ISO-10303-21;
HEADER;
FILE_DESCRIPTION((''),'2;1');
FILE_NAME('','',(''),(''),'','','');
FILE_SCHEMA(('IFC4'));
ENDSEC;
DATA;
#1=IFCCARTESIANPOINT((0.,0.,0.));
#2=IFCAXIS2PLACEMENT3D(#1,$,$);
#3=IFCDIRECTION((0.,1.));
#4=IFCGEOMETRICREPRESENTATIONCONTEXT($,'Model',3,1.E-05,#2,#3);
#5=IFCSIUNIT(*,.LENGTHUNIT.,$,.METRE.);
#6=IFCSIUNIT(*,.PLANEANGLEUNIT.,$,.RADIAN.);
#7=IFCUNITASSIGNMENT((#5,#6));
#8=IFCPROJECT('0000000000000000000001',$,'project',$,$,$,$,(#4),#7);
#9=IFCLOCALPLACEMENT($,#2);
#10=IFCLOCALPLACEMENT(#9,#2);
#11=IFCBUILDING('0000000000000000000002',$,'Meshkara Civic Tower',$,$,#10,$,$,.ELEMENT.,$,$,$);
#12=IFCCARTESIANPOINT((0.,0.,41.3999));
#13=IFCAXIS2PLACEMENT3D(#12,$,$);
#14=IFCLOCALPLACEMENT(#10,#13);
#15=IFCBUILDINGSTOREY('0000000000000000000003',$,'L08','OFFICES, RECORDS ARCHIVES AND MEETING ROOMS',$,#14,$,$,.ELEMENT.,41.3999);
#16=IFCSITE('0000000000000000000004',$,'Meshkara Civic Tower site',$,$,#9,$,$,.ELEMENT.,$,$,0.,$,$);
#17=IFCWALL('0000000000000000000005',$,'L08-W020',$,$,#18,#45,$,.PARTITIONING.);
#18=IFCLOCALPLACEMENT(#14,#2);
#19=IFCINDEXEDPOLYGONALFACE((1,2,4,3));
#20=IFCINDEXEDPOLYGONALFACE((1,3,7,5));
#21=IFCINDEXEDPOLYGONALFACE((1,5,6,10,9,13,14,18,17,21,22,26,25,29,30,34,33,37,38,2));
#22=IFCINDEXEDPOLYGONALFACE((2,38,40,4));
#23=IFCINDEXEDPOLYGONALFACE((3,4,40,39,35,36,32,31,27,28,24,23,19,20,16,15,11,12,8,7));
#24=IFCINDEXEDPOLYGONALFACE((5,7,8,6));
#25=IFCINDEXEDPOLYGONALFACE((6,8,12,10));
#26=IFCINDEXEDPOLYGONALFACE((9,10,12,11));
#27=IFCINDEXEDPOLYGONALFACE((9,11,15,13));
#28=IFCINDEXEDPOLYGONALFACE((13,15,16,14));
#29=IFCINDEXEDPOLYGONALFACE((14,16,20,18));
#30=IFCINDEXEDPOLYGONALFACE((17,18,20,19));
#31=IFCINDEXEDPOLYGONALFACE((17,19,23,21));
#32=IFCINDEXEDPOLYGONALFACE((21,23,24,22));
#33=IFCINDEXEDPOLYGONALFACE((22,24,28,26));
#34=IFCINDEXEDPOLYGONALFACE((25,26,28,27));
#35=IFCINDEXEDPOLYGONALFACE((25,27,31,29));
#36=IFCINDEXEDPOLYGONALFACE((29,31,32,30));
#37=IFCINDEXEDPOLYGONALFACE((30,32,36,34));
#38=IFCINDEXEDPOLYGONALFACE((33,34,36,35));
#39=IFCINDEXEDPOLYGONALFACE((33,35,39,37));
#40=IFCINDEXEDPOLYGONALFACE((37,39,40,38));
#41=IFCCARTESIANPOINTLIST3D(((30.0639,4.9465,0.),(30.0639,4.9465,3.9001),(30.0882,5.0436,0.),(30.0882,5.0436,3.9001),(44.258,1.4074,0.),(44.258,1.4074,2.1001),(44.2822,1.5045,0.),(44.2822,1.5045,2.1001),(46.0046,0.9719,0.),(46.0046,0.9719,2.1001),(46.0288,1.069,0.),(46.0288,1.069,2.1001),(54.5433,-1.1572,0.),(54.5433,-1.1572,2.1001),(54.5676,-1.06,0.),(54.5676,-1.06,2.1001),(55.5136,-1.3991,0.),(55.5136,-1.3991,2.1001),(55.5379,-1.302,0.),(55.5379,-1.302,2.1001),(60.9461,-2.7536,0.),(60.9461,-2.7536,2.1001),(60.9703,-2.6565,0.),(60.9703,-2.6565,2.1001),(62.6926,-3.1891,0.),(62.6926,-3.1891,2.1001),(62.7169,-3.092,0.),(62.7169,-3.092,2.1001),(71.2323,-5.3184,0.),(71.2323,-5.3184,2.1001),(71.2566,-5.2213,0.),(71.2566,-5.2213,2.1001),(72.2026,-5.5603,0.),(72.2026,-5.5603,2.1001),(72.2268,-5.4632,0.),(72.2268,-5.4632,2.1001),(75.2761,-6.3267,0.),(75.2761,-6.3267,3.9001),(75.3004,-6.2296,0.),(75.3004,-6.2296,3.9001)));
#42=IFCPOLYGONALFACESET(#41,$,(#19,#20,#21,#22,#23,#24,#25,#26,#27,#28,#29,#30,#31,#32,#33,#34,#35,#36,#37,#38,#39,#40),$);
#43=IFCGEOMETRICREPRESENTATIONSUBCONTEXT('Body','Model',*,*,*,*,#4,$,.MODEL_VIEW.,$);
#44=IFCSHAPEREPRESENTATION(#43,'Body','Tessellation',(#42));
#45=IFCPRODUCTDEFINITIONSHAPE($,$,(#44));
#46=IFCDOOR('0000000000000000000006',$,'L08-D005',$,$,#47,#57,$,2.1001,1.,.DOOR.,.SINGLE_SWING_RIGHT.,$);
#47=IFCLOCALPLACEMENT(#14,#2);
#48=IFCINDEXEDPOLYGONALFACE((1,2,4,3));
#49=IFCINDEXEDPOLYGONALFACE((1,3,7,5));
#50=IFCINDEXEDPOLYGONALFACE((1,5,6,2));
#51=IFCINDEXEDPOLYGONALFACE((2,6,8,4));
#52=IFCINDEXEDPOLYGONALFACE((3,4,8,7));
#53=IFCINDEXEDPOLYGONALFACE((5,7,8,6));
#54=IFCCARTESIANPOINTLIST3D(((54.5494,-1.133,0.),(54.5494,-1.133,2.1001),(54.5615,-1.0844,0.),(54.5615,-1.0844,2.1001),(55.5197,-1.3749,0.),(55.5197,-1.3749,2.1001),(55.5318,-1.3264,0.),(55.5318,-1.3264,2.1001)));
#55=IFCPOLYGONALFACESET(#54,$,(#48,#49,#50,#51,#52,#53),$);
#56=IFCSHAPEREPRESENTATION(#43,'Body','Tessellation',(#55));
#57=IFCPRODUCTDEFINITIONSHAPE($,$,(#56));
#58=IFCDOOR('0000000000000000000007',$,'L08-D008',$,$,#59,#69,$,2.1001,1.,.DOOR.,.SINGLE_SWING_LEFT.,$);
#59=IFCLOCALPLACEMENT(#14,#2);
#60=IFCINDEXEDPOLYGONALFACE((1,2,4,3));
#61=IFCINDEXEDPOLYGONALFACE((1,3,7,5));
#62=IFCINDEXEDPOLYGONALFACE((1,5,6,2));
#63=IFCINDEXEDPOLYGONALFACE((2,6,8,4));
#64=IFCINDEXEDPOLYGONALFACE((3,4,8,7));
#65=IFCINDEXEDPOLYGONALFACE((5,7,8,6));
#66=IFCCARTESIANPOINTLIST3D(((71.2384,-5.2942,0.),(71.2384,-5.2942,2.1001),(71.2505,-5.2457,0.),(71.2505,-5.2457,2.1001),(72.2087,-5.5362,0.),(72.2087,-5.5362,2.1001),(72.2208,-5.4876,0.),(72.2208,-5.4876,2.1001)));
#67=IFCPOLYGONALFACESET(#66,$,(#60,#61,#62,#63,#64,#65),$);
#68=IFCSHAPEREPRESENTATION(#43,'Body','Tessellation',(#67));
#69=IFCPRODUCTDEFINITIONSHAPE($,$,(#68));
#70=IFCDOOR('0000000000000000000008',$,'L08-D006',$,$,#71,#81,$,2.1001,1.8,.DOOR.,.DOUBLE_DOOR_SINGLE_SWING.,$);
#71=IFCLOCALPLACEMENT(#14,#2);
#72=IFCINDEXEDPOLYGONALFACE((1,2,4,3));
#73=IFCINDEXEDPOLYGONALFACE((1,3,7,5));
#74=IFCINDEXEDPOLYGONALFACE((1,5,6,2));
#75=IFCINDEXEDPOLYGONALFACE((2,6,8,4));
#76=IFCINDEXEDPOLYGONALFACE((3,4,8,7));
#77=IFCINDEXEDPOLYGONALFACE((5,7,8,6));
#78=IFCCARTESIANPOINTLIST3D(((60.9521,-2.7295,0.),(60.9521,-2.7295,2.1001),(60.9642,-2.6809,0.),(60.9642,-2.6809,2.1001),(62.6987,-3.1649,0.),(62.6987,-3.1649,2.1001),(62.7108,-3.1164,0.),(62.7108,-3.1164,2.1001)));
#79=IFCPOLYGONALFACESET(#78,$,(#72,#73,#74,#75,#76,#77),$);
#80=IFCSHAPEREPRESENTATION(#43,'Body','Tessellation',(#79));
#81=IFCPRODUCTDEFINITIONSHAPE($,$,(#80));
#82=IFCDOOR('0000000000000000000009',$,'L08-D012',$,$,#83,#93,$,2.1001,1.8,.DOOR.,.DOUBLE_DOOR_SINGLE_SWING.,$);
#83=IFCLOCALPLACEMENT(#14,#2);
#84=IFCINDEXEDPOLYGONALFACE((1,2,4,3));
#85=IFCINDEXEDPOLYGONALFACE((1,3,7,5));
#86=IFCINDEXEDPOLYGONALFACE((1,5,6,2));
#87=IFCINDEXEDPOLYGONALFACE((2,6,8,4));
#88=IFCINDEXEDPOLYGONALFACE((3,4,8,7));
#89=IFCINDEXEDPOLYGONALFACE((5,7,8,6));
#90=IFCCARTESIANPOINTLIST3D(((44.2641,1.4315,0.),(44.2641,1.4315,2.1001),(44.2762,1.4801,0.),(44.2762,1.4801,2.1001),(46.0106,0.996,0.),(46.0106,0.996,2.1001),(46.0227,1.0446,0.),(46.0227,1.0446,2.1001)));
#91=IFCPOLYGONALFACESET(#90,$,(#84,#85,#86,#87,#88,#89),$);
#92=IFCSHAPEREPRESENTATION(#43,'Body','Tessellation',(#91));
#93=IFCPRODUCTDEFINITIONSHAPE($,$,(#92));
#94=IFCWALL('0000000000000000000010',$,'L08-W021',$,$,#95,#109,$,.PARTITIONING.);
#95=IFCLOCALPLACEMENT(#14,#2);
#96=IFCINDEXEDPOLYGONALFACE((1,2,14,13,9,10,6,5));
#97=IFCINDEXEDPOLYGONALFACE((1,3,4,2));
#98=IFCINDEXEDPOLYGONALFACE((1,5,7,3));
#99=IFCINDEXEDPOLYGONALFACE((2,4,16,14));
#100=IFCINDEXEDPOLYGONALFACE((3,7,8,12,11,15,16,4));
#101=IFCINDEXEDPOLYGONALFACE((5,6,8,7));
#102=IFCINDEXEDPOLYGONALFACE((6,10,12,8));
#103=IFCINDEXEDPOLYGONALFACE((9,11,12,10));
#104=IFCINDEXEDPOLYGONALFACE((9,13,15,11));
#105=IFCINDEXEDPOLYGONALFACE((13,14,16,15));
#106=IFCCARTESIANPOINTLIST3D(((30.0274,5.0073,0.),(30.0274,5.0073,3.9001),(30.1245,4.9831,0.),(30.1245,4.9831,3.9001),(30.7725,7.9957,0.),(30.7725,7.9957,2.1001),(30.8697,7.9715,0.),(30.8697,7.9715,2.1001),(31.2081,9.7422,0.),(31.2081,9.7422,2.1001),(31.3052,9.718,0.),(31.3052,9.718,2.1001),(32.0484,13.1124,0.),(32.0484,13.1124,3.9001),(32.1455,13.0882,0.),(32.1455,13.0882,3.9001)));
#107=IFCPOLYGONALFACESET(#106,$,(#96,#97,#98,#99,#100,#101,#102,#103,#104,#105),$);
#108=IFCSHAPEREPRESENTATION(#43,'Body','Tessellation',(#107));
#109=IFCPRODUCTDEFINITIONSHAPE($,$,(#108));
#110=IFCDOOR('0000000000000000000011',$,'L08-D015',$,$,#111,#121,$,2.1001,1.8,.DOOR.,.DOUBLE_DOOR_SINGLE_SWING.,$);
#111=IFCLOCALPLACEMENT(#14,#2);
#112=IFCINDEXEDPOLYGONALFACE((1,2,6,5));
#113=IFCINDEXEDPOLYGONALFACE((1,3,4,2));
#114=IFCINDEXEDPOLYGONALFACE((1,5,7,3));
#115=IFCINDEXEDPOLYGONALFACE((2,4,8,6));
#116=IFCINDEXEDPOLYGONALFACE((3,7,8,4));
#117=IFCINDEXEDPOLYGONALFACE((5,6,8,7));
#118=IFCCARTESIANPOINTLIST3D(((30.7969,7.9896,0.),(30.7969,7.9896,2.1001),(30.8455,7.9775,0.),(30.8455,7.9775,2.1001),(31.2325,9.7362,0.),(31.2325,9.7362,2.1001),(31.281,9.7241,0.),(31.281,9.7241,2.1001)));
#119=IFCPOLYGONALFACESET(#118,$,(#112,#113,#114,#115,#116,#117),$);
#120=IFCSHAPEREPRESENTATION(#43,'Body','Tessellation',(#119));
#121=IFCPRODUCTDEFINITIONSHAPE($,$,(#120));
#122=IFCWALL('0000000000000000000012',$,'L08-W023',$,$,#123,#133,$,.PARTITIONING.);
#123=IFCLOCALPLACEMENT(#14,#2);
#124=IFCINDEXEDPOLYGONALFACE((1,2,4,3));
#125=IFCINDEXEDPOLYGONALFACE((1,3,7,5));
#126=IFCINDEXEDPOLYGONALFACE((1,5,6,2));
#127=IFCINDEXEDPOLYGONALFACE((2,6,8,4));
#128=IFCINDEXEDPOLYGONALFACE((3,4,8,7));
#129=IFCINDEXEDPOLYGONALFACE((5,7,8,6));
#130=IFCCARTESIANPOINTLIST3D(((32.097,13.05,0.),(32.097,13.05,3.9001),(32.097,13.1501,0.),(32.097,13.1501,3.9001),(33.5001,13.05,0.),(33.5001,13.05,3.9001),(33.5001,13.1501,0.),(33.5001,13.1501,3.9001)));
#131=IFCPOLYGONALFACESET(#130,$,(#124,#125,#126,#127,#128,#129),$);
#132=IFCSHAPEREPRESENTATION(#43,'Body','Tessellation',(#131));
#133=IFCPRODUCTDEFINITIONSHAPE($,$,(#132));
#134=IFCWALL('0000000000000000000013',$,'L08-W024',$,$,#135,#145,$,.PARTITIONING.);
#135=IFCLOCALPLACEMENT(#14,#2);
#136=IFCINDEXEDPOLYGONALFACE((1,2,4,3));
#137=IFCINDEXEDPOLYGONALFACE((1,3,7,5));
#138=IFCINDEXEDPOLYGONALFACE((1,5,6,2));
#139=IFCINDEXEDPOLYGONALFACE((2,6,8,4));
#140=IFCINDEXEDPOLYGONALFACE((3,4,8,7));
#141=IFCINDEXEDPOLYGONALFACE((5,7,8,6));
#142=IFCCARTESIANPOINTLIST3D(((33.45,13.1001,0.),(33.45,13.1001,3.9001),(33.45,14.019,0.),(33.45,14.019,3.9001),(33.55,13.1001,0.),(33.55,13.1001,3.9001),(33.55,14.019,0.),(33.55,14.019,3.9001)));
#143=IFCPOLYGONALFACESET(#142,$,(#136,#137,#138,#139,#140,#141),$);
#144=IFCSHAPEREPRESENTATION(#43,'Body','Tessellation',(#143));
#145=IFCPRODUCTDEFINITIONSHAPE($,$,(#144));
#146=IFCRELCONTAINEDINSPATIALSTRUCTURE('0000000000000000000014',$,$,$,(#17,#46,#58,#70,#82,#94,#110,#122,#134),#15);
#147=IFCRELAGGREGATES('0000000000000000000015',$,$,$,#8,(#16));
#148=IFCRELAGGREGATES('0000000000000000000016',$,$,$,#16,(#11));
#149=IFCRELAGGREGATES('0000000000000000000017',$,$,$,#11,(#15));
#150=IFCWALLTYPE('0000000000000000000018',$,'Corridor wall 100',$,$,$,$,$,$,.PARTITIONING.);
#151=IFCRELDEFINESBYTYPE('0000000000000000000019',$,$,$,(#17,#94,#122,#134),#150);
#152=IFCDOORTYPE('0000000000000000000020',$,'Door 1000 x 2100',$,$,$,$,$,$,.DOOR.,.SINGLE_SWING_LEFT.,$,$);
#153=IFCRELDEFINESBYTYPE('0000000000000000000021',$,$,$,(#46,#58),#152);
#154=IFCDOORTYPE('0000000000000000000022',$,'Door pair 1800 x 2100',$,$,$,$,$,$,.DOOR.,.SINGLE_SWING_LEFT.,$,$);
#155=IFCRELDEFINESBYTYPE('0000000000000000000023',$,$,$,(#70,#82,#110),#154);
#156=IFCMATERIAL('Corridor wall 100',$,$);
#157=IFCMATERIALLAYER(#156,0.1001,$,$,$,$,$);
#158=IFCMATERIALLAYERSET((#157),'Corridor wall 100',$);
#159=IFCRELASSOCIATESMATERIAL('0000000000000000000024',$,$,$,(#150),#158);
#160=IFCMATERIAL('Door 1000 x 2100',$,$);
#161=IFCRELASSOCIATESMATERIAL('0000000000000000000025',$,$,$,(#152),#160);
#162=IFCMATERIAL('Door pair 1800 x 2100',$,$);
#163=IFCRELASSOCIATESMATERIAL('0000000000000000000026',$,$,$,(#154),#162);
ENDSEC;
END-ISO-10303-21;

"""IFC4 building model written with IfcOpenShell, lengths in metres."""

from ifc_helpers import new_model, si_unit, direction, frame, frame_2d, origin, place, context, subcontext, project, spatial, rectangle, extrude, material, layer, layer_set, type_object, element, fill, save


model = new_model("IFC4")

# Units and contexts
model_context = context("Model", 3, precision=1e-05, world=origin(), true_north=direction((0.0, 1.0)))
body_context = subcontext(model_context, "Body", "Model", "MODEL_VIEW")
ifc_project = project(units=[si_unit("LENGTHUNIT", "METRE"), si_unit("PLANEANGLEUNIT", "RADIAN")], contexts=[model_context])

# Site, building, storey
site_placement = place(None, origin())
site = spatial("IfcSite", under=ifc_project, at=site_placement, Name="Meshkara Civic Tower site", CompositionType="ELEMENT", RefElevation=0.0)
building_placement = place(site_placement, origin())
building = spatial("IfcBuilding", under=site, at=building_placement, Name="Meshkara Civic Tower", CompositionType="ELEMENT")
storey_placement = place(building_placement, frame((0.0, 0.0, 41.3999)))
storey = spatial("IfcBuildingStorey", under=building, at=storey_placement, Name="L08", Description="OFFICES, RECORDS ARCHIVES AND MEETING ROOMS", CompositionType="ELEMENT", Elevation=41.3999)

# Wall, openings, doors
ifc_material_1 = material(Name="Corridor wall 100")
ifc_layer_1 = layer(ifc_material_1, 0.1001)
ifc_layer_set_1 = layer_set([ifc_layer_1], Name="Corridor wall 100")
wall_type_1 = type_object("IfcWallType", Name="Corridor wall 100", PredefinedType="PARTITIONING", material=ifc_layer_set_1)
wall_1_placement = place(storey_placement, frame((30.0759, 4.9951, 0.0), z_axis=(0.0, 0.0, 1.0), x_axis=(0.970293, -0.241933, 0.0)))
wall_1 = element("IfcWall", 1, at=wall_1_placement, inside=storey, type_object=wall_type_1, Name="L08-W020", PredefinedType="PARTITIONING", context=body_context, shape_type="SweptSolid", body=[
    extrude(rectangle(XDim=46.5964, YDim=0.1001, at=frame_2d((23.2983, 0.0))), origin(), (0.0, 0.0, 1.0), 3.9001),
])
opening_1_placement = place(wall_1_placement, frame((25.229, 0.0, 0.0)))
opening_1 = element("IfcOpeningElement", 2, at=opening_1_placement, cuts=wall_1, PredefinedType="OPENING", context=body_context, shape_type="SweptSolid", body=[
    extrude(rectangle(XDim=1.0, YDim=2.1001, at=frame_2d((0.5, 1.05))), frame((0.0, 0.0601, 0.0), z_axis=(0.0, -1.0, 0.0), x_axis=(1.0, 0.0, 0.0)), (0.0, 0.0, 1.0), 0.1201),
])
opening_2_placement = place(wall_1_placement, frame((31.8279, 0.0, 0.0)))
opening_2 = element("IfcOpeningElement", 3, at=opening_2_placement, cuts=wall_1, PredefinedType="OPENING", context=body_context, shape_type="SweptSolid", body=[
    extrude(rectangle(XDim=1.8, YDim=2.1001, at=frame_2d((0.8999, 1.05))), frame((0.0, 0.0601, 0.0), z_axis=(0.0, -1.0, 0.0), x_axis=(1.0, 0.0, 0.0)), (0.0, 0.0, 1.0), 0.1201),
])
opening_3_placement = place(wall_1_placement, frame((42.429, 0.0, 0.0)))
opening_3 = element("IfcOpeningElement", 4, at=opening_3_placement, cuts=wall_1, PredefinedType="OPENING", context=body_context, shape_type="SweptSolid", body=[
    extrude(rectangle(XDim=1.0, YDim=2.1001, at=frame_2d((0.5, 1.05))), frame((0.0, 0.0601, 0.0), z_axis=(0.0, -1.0, 0.0), x_axis=(1.0, 0.0, 0.0)), (0.0, 0.0, 1.0), 0.1201),
])
opening_4_placement = place(wall_1_placement, frame((14.6289, 0.0, 0.0)))
opening_4 = element("IfcOpeningElement", 5, at=opening_4_placement, cuts=wall_1, PredefinedType="OPENING", context=body_context, shape_type="SweptSolid", body=[
    extrude(rectangle(XDim=1.8, YDim=2.1001, at=frame_2d((0.8999, 1.05))), frame((0.0, 0.0601, 0.0), z_axis=(0.0, -1.0, 0.0), x_axis=(1.0, 0.0, 0.0)), (0.0, 0.0, 1.0), 0.1201),
])
ifc_material_2 = material(Name="Door 1000 x 2100")
door_type_1 = type_object("IfcDoorType", Name="Door 1000 x 2100", OperationType="SINGLE_SWING_LEFT", PredefinedType="DOOR", material=ifc_material_2)
door_1_placement = place(opening_1_placement, origin())
door_1 = element("IfcDoor", 6, at=door_1_placement, inside=storey, type_object=door_type_1, Name="L08-D005", OperationType="SINGLE_SWING_RIGHT", OverallHeight=2.1001, OverallWidth=1.0, PredefinedType="DOOR", context=body_context, shape_type="SweptSolid", body=[
    extrude(rectangle(XDim=1.0, YDim=2.1001, at=frame_2d((0.5, 1.05))), frame((0.0, 0.0249, 0.0), z_axis=(0.0, -1.0, 0.0), x_axis=(1.0, 0.0, 0.0)), (0.0, 0.0, 1.0), 0.05),
])
fill(opening_1, door_1)
door_2_placement = place(opening_3_placement, origin())
door_2 = element("IfcDoor", 7, at=door_2_placement, inside=storey, type_object=door_type_1, Name="L08-D008", OperationType="SINGLE_SWING_LEFT", OverallHeight=2.1001, OverallWidth=1.0, PredefinedType="DOOR", context=body_context, shape_type="SweptSolid", body=[
    extrude(rectangle(XDim=1.0, YDim=2.1001, at=frame_2d((0.5, 1.05))), frame((0.0, 0.0249, 0.0), z_axis=(0.0, -1.0, 0.0), x_axis=(1.0, 0.0, 0.0)), (0.0, 0.0, 1.0), 0.05),
])
fill(opening_3, door_2)
ifc_material_3 = material(Name="Door pair 1800 x 2100")
door_type_2 = type_object("IfcDoorType", Name="Door pair 1800 x 2100", OperationType="SINGLE_SWING_LEFT", PredefinedType="DOOR", material=ifc_material_3)
door_3_placement = place(opening_2_placement, origin())
door_3 = element("IfcDoor", 8, at=door_3_placement, inside=storey, type_object=door_type_2, Name="L08-D006", OperationType="DOUBLE_DOOR_SINGLE_SWING", OverallHeight=2.1001, OverallWidth=1.8, PredefinedType="DOOR", context=body_context, shape_type="SweptSolid", body=[
    extrude(rectangle(XDim=1.8, YDim=2.1001, at=frame_2d((0.8999, 1.05))), frame((0.0, 0.0249, 0.0), z_axis=(0.0, -1.0, 0.0), x_axis=(1.0, 0.0, 0.0)), (0.0, 0.0, 1.0), 0.05),
])
fill(opening_2, door_3)
door_4_placement = place(opening_4_placement, origin())
door_4 = element("IfcDoor", 9, at=door_4_placement, inside=storey, type_object=door_type_2, Name="L08-D012", OperationType="DOUBLE_DOOR_SINGLE_SWING", OverallHeight=2.1001, OverallWidth=1.8, PredefinedType="DOOR", context=body_context, shape_type="SweptSolid", body=[
    extrude(rectangle(XDim=1.8, YDim=2.1001, at=frame_2d((0.8999, 1.05))), frame((0.0, 0.0249, 0.0), z_axis=(0.0, -1.0, 0.0), x_axis=(1.0, 0.0, 0.0)), (0.0, 0.0, 1.0), 0.05),
])
fill(opening_4, door_4)

# Wall, opening, door
wall_2_placement = place(storey_placement, frame((30.0759, 4.9951, 0.0), z_axis=(0.0, 0.0, 1.0), x_axis=(0.241944, 0.97029, 0.0)))
wall_2 = element("IfcWall", 10, at=wall_2_placement, inside=storey, type_object=wall_type_1, Name="L08-W021", PredefinedType="PARTITIONING", context=body_context, shape_type="SweptSolid", body=[
    extrude(rectangle(XDim=8.3533, YDim=0.1001, at=frame_2d((4.1768, 0.0))), origin(), (0.0, 0.0, 1.0), 3.9001),
])
opening_5_placement = place(wall_2_placement, frame((3.0801, 0.0, 0.0)))
opening_5 = element("IfcOpeningElement", 11, at=opening_5_placement, cuts=wall_2, PredefinedType="OPENING", context=body_context, shape_type="SweptSolid", body=[
    extrude(rectangle(XDim=1.8, YDim=2.1001, at=frame_2d((0.8999, 1.05))), frame((0.0, 0.0601, 0.0), z_axis=(0.0, -1.0, 0.0), x_axis=(1.0, 0.0, 0.0)), (0.0, 0.0, 1.0), 0.1201),
])
door_5_placement = place(opening_5_placement, origin())
door_5 = element("IfcDoor", 12, at=door_5_placement, inside=storey, type_object=door_type_2, Name="L08-D015", OperationType="DOUBLE_DOOR_SINGLE_SWING", OverallHeight=2.1001, OverallWidth=1.8, PredefinedType="DOOR", context=body_context, shape_type="SweptSolid", body=[
    extrude(rectangle(XDim=1.8, YDim=2.1001, at=frame_2d((0.8999, 1.05))), frame((0.0, 0.0249, 0.0), z_axis=(0.0, -1.0, 0.0), x_axis=(1.0, 0.0, 0.0)), (0.0, 0.0, 1.0), 0.05),
])
fill(opening_5, door_5)

# Walls
wall_3_placement = place(storey_placement, frame((32.0969, 13.1001, 0.0), z_axis=(0.0, 0.0, 1.0), x_axis=(1.0, 0.0, 0.0)))
element("IfcWall", 13, at=wall_3_placement, inside=storey, type_object=wall_type_1, Name="L08-W023", PredefinedType="PARTITIONING", context=body_context, shape_type="SweptSolid", body=[
    extrude(rectangle(XDim=1.4031, YDim=0.1001, at=frame_2d((0.7017, 0.0))), origin(), (0.0, 0.0, 1.0), 3.9001),
])
wall_4_placement = place(storey_placement, frame((33.5, 13.1001, 0.0), z_axis=(0.0, 0.0, 1.0), x_axis=(0.0, 1.0, 0.0)))
element("IfcWall", 14, at=wall_4_placement, inside=storey, type_object=wall_type_1, Name="L08-W024", PredefinedType="PARTITIONING", context=body_context, shape_type="SweptSolid", body=[
    extrude(rectangle(XDim=0.9189, YDim=0.1001, at=frame_2d((0.4595, 0.0))), origin(), (0.0, 0.0, 1.0), 3.9001),
])

save(model, "model.ifc")
